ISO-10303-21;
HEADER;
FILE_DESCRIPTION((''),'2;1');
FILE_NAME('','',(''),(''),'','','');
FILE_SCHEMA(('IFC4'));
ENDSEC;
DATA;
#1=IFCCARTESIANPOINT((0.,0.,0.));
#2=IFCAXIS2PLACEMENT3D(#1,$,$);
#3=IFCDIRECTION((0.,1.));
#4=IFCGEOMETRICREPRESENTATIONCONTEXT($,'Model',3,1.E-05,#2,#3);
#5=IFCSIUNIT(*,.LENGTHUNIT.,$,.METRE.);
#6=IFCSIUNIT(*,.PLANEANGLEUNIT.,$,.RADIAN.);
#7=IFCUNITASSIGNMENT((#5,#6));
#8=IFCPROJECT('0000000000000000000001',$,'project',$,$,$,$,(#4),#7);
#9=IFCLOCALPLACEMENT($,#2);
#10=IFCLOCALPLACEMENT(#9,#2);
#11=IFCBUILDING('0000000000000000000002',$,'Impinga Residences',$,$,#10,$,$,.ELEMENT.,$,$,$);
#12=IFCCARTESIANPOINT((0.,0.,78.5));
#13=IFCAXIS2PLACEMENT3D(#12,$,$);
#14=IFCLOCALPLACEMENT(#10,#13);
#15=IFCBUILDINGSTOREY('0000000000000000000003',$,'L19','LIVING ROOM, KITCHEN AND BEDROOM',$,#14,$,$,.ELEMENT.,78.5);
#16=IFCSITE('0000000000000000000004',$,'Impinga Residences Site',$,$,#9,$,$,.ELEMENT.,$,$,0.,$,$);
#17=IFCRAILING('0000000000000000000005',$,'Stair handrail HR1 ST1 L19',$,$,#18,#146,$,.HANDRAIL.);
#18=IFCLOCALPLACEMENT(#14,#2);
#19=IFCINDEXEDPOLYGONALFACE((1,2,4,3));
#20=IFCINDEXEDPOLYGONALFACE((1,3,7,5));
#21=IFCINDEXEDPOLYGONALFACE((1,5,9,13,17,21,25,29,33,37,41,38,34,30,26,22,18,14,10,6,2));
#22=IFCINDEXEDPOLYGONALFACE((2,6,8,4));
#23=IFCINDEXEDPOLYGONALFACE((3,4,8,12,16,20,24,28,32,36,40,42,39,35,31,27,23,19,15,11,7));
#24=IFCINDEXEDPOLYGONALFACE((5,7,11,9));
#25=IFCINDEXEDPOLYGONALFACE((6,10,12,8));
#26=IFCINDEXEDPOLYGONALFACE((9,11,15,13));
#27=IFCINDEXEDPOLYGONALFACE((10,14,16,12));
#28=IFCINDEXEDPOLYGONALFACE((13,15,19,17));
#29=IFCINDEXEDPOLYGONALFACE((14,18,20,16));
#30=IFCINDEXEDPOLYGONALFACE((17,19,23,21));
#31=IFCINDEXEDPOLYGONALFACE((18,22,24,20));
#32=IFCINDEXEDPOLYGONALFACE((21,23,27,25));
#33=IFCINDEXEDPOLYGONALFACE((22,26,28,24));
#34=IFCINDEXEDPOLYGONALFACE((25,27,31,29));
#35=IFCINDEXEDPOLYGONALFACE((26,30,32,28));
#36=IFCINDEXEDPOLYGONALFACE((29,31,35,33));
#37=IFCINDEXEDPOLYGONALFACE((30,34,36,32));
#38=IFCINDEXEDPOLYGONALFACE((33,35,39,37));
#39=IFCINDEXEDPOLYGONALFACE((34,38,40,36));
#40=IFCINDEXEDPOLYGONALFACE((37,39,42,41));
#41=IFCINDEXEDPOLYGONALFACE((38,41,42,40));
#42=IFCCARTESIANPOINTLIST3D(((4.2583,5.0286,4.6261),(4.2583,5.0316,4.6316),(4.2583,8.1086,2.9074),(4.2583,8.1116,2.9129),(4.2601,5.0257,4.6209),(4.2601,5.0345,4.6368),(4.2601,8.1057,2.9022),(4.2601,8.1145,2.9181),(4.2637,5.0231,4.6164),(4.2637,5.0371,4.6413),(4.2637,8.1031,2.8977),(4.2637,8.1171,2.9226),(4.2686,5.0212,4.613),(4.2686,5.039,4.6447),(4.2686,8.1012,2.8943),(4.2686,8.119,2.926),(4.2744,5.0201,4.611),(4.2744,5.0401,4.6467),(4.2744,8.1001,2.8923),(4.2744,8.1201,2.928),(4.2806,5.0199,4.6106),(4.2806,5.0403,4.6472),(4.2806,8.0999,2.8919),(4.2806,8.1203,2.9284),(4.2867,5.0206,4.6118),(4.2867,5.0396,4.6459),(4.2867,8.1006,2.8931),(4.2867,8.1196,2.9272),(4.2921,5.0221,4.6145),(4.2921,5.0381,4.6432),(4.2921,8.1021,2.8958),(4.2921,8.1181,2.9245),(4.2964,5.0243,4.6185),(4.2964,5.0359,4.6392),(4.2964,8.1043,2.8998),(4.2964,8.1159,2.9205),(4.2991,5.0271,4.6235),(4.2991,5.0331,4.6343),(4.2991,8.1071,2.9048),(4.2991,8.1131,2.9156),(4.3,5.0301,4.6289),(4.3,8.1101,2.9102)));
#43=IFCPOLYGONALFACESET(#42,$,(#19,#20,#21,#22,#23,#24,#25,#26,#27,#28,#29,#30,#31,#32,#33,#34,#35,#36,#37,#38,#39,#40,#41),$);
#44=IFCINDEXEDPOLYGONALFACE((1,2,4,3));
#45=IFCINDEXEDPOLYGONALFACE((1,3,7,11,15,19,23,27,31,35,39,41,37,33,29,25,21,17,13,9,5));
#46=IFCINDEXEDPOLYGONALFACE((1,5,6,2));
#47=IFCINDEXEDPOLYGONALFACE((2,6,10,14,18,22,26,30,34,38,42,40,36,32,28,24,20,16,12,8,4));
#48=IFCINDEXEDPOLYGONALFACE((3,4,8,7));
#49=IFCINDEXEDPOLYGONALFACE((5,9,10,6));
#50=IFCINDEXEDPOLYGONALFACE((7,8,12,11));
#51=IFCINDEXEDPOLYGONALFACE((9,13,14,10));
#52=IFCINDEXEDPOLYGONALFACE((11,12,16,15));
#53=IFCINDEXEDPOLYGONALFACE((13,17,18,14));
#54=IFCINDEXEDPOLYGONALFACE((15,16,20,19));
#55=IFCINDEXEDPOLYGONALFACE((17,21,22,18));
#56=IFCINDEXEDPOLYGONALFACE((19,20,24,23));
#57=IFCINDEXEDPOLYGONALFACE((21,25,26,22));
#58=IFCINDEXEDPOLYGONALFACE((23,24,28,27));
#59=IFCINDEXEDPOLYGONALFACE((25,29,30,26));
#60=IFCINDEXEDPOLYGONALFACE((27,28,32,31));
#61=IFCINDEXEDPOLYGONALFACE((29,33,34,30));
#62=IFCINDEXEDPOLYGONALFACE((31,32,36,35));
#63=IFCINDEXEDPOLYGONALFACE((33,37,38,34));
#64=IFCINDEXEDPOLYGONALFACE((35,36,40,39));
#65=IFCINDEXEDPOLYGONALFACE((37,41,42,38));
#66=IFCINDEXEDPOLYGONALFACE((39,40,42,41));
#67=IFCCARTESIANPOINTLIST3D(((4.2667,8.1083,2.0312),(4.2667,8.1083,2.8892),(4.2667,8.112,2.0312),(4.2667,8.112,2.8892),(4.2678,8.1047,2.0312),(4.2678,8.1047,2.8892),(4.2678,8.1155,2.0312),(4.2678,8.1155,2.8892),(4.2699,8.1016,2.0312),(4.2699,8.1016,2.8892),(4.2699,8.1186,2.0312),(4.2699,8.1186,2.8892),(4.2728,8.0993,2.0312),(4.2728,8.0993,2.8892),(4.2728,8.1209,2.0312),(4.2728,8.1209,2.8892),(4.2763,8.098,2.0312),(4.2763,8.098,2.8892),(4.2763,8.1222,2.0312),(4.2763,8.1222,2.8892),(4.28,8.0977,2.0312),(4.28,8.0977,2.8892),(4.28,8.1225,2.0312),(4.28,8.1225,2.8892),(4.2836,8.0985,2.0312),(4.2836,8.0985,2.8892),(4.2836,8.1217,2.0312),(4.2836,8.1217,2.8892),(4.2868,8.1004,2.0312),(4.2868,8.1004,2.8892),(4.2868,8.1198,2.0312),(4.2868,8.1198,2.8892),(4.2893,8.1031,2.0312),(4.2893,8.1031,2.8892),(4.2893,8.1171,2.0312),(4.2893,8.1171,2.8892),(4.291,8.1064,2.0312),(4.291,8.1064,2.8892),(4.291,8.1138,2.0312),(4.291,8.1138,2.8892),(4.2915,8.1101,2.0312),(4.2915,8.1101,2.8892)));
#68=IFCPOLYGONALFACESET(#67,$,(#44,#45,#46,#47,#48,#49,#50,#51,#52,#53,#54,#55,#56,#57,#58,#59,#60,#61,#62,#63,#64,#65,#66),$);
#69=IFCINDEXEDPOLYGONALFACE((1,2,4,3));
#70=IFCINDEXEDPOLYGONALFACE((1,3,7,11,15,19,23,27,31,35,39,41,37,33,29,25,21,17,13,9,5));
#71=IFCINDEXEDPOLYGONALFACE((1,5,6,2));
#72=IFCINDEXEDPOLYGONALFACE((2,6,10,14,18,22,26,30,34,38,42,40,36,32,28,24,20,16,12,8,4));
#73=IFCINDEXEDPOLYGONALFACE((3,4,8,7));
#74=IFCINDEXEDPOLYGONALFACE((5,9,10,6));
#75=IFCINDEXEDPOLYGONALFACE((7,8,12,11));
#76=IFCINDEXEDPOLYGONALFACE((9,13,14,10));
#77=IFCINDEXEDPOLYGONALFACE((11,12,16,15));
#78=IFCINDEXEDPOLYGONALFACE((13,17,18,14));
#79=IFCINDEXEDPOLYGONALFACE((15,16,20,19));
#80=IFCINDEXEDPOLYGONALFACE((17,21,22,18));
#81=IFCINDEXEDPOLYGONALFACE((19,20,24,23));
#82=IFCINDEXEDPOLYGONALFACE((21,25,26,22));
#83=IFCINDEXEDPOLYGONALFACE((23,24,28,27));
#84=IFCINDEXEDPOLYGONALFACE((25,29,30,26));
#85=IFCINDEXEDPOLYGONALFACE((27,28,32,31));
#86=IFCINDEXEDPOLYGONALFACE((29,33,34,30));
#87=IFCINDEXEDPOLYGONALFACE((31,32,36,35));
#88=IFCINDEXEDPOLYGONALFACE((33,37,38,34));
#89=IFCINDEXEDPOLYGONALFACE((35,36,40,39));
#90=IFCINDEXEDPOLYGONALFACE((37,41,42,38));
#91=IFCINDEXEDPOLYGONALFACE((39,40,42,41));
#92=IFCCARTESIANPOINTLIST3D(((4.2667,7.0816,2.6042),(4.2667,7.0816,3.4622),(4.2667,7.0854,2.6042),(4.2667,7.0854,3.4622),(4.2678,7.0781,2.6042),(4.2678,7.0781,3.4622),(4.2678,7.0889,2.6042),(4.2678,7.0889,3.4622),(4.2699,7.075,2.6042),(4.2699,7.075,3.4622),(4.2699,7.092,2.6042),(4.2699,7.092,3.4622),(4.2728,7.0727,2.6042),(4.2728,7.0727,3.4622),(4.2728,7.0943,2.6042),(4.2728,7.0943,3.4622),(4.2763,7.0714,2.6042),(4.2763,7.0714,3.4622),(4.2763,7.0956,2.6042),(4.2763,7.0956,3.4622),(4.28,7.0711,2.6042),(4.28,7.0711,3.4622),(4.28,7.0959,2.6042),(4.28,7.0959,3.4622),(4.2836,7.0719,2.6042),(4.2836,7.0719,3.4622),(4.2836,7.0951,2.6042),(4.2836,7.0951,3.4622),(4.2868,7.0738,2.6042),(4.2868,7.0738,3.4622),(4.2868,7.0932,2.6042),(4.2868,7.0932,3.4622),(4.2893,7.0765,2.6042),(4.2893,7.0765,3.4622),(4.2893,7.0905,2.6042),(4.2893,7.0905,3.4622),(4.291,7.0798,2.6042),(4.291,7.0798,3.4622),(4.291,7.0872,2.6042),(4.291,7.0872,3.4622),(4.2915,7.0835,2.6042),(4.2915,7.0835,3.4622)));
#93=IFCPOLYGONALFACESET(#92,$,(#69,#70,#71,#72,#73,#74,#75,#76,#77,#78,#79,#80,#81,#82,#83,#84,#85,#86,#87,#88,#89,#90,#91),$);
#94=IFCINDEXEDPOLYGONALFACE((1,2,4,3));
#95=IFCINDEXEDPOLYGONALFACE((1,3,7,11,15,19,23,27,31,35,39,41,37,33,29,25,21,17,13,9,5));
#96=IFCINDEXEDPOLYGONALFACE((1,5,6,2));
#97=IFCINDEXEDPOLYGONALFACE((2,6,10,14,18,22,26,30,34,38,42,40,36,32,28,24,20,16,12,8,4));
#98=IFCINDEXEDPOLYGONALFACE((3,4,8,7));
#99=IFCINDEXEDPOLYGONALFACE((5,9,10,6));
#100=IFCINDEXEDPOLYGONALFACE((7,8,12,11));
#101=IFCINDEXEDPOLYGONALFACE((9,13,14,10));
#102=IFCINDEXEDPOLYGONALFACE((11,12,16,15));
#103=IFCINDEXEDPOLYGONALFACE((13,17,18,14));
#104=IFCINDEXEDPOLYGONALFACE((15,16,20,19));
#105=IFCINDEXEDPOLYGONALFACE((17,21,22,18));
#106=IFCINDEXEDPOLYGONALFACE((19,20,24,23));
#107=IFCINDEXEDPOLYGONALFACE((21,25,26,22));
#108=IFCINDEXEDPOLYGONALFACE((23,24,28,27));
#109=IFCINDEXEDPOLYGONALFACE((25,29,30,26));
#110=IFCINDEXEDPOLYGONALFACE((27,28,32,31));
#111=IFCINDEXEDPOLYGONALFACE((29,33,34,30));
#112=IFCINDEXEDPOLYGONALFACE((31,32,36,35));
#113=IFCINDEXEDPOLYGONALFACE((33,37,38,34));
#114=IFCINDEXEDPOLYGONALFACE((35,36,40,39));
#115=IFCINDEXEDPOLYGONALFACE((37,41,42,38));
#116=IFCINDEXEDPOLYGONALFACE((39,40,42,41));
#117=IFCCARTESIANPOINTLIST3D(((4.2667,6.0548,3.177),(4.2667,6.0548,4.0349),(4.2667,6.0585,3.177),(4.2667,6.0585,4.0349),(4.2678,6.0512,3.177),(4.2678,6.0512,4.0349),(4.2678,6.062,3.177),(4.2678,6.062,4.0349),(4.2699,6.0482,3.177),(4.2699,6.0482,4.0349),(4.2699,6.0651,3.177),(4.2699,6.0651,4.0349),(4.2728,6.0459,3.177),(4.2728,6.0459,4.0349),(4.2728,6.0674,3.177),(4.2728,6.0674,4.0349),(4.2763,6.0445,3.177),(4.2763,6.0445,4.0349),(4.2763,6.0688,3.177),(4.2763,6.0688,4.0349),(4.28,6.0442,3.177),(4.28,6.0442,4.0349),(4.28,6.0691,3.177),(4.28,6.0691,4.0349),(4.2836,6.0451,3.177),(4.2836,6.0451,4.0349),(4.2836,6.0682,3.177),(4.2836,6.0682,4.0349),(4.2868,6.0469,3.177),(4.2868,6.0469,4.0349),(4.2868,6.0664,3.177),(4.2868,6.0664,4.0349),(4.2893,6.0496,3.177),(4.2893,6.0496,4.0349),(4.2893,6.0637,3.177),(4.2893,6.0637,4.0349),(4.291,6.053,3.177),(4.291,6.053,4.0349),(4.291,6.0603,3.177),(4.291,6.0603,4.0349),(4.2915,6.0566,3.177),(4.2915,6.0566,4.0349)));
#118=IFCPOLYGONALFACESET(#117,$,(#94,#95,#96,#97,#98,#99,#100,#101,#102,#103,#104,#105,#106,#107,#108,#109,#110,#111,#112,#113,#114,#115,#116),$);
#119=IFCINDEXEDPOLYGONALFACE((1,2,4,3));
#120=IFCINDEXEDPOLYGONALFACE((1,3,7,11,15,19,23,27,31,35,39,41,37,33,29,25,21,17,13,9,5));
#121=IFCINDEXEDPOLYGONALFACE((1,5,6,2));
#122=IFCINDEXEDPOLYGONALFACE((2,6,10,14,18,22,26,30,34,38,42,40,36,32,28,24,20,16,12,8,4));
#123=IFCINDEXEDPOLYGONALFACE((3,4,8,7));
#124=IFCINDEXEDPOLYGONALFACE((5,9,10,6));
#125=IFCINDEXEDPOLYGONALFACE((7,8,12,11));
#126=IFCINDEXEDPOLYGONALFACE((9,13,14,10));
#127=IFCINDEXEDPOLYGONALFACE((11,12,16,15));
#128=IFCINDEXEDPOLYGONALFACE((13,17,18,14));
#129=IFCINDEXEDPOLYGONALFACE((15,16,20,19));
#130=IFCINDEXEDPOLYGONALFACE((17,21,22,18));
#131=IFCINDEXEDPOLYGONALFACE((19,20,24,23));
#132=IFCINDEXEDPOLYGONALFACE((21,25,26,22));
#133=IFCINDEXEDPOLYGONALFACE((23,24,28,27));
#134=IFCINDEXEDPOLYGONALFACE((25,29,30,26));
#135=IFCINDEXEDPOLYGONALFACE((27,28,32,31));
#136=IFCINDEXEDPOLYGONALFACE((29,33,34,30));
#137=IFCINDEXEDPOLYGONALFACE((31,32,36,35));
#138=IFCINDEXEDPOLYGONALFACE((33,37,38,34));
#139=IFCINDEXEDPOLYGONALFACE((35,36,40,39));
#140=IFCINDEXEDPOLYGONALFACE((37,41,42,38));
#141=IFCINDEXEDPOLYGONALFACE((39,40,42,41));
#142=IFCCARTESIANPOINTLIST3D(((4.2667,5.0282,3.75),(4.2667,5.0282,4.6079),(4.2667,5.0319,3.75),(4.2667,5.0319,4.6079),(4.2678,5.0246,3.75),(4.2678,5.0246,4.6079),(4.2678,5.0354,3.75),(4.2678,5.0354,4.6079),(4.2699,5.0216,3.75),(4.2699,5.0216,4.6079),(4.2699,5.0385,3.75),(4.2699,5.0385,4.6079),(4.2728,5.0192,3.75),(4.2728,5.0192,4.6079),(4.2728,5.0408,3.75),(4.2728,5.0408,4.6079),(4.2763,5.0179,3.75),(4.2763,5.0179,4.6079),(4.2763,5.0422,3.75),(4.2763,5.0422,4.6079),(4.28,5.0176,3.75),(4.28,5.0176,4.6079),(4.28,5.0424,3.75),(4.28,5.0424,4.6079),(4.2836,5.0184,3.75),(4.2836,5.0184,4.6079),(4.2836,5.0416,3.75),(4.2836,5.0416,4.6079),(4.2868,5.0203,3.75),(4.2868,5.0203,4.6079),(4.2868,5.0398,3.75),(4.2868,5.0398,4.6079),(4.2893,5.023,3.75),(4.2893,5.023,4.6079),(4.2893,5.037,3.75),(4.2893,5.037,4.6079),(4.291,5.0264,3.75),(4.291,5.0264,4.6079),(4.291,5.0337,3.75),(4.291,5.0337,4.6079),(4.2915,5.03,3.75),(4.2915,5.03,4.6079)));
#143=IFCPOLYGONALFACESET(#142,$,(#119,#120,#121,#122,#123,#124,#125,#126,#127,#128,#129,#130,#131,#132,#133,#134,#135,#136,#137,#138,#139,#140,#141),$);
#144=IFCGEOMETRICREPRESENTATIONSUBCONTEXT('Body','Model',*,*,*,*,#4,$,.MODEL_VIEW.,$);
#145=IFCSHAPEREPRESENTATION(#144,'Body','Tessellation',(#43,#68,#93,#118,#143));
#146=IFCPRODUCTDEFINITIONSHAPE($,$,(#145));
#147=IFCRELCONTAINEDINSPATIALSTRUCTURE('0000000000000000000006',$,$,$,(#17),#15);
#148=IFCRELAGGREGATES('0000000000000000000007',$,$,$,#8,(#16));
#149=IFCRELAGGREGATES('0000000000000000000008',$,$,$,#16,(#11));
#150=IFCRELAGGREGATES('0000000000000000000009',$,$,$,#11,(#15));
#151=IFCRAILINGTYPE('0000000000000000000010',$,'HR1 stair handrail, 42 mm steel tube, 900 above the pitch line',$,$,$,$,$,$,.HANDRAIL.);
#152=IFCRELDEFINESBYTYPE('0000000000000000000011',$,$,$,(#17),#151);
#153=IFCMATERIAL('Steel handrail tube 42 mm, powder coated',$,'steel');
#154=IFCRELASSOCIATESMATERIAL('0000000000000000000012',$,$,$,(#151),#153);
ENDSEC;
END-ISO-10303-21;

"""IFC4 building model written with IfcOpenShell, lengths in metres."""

from ifc_helpers import new_model, si_unit, direction, frame, origin, origin_2d, place, context, subcontext, project, spatial, circle, extrude, material, type_object, element, save


model = new_model("IFC4")

# Units and contexts
model_context = context("Model", 3, precision=1e-05, world=origin(), true_north=direction((0.0, 1.0)))
body_context = subcontext(model_context, "Body", "Model", "MODEL_VIEW")
ifc_project = project(units=[si_unit("LENGTHUNIT", "METRE"), si_unit("PLANEANGLEUNIT", "RADIAN")], contexts=[model_context])

# Site, building, storey
site_placement = place(None, origin())
site = spatial("IfcSite", under=ifc_project, at=site_placement, Name="Impinga Residences Site", CompositionType="ELEMENT", RefElevation=0.0)
building_placement = place(site_placement, origin())
building = spatial("IfcBuilding", under=site, at=building_placement, Name="Impinga Residences", CompositionType="ELEMENT")
storey_placement = place(building_placement, frame((0.0, 0.0, 78.5)))
storey = spatial("IfcBuildingStorey", under=building, at=storey_placement, Name="L19", Description="LIVING ROOM, KITCHEN AND BEDROOM", CompositionType="ELEMENT", Elevation=78.5)

# Railing
ifc_material_1 = material(Name="Steel handrail tube 42 mm, powder coated", Category="steel")
railing_type_1 = type_object("IfcRailingType", Name="HR1 stair handrail, 42 mm steel tube, 900 above the pitch line", PredefinedType="HANDRAIL", material=ifc_material_1)
railing_1_placement = place(storey_placement, frame((4.2791, 8.1101, 2.0312)))
element("IfcRailing", 1, at=railing_1_placement, inside=storey, type_object=railing_type_1, Name="Stair handrail HR1 ST1 L19", PredefinedType="HANDRAIL", context=body_context, shape_type="SweptSolid", body=[
    extrude(circle(Radius=0.021, at=origin_2d()), frame((0.0, 0.0, 0.8789), z_axis=(0.0, -0.873242, 0.487288), x_axis=(1.0, 0.0, 0.0)), (0.0, 0.0, 1.0), 3.5271),
    extrude(circle(Radius=0.0125, at=origin_2d()), origin(), (0.0, 0.0, 1.0), 0.8579),
    extrude(circle(Radius=0.0125, at=origin_2d()), frame((0.0, -1.0266, 0.573)), (0.0, 0.0, 1.0), 0.8579),
    extrude(circle(Radius=0.0125, at=origin_2d()), frame((0.0, -2.0535, 1.1458)), (0.0, 0.0, 1.0), 0.8579),
    extrude(circle(Radius=0.0125, at=origin_2d()), frame((0.0, -3.0801, 1.7188)), (0.0, 0.0, 1.0), 0.8579),
])

save(model, "model.ifc")
